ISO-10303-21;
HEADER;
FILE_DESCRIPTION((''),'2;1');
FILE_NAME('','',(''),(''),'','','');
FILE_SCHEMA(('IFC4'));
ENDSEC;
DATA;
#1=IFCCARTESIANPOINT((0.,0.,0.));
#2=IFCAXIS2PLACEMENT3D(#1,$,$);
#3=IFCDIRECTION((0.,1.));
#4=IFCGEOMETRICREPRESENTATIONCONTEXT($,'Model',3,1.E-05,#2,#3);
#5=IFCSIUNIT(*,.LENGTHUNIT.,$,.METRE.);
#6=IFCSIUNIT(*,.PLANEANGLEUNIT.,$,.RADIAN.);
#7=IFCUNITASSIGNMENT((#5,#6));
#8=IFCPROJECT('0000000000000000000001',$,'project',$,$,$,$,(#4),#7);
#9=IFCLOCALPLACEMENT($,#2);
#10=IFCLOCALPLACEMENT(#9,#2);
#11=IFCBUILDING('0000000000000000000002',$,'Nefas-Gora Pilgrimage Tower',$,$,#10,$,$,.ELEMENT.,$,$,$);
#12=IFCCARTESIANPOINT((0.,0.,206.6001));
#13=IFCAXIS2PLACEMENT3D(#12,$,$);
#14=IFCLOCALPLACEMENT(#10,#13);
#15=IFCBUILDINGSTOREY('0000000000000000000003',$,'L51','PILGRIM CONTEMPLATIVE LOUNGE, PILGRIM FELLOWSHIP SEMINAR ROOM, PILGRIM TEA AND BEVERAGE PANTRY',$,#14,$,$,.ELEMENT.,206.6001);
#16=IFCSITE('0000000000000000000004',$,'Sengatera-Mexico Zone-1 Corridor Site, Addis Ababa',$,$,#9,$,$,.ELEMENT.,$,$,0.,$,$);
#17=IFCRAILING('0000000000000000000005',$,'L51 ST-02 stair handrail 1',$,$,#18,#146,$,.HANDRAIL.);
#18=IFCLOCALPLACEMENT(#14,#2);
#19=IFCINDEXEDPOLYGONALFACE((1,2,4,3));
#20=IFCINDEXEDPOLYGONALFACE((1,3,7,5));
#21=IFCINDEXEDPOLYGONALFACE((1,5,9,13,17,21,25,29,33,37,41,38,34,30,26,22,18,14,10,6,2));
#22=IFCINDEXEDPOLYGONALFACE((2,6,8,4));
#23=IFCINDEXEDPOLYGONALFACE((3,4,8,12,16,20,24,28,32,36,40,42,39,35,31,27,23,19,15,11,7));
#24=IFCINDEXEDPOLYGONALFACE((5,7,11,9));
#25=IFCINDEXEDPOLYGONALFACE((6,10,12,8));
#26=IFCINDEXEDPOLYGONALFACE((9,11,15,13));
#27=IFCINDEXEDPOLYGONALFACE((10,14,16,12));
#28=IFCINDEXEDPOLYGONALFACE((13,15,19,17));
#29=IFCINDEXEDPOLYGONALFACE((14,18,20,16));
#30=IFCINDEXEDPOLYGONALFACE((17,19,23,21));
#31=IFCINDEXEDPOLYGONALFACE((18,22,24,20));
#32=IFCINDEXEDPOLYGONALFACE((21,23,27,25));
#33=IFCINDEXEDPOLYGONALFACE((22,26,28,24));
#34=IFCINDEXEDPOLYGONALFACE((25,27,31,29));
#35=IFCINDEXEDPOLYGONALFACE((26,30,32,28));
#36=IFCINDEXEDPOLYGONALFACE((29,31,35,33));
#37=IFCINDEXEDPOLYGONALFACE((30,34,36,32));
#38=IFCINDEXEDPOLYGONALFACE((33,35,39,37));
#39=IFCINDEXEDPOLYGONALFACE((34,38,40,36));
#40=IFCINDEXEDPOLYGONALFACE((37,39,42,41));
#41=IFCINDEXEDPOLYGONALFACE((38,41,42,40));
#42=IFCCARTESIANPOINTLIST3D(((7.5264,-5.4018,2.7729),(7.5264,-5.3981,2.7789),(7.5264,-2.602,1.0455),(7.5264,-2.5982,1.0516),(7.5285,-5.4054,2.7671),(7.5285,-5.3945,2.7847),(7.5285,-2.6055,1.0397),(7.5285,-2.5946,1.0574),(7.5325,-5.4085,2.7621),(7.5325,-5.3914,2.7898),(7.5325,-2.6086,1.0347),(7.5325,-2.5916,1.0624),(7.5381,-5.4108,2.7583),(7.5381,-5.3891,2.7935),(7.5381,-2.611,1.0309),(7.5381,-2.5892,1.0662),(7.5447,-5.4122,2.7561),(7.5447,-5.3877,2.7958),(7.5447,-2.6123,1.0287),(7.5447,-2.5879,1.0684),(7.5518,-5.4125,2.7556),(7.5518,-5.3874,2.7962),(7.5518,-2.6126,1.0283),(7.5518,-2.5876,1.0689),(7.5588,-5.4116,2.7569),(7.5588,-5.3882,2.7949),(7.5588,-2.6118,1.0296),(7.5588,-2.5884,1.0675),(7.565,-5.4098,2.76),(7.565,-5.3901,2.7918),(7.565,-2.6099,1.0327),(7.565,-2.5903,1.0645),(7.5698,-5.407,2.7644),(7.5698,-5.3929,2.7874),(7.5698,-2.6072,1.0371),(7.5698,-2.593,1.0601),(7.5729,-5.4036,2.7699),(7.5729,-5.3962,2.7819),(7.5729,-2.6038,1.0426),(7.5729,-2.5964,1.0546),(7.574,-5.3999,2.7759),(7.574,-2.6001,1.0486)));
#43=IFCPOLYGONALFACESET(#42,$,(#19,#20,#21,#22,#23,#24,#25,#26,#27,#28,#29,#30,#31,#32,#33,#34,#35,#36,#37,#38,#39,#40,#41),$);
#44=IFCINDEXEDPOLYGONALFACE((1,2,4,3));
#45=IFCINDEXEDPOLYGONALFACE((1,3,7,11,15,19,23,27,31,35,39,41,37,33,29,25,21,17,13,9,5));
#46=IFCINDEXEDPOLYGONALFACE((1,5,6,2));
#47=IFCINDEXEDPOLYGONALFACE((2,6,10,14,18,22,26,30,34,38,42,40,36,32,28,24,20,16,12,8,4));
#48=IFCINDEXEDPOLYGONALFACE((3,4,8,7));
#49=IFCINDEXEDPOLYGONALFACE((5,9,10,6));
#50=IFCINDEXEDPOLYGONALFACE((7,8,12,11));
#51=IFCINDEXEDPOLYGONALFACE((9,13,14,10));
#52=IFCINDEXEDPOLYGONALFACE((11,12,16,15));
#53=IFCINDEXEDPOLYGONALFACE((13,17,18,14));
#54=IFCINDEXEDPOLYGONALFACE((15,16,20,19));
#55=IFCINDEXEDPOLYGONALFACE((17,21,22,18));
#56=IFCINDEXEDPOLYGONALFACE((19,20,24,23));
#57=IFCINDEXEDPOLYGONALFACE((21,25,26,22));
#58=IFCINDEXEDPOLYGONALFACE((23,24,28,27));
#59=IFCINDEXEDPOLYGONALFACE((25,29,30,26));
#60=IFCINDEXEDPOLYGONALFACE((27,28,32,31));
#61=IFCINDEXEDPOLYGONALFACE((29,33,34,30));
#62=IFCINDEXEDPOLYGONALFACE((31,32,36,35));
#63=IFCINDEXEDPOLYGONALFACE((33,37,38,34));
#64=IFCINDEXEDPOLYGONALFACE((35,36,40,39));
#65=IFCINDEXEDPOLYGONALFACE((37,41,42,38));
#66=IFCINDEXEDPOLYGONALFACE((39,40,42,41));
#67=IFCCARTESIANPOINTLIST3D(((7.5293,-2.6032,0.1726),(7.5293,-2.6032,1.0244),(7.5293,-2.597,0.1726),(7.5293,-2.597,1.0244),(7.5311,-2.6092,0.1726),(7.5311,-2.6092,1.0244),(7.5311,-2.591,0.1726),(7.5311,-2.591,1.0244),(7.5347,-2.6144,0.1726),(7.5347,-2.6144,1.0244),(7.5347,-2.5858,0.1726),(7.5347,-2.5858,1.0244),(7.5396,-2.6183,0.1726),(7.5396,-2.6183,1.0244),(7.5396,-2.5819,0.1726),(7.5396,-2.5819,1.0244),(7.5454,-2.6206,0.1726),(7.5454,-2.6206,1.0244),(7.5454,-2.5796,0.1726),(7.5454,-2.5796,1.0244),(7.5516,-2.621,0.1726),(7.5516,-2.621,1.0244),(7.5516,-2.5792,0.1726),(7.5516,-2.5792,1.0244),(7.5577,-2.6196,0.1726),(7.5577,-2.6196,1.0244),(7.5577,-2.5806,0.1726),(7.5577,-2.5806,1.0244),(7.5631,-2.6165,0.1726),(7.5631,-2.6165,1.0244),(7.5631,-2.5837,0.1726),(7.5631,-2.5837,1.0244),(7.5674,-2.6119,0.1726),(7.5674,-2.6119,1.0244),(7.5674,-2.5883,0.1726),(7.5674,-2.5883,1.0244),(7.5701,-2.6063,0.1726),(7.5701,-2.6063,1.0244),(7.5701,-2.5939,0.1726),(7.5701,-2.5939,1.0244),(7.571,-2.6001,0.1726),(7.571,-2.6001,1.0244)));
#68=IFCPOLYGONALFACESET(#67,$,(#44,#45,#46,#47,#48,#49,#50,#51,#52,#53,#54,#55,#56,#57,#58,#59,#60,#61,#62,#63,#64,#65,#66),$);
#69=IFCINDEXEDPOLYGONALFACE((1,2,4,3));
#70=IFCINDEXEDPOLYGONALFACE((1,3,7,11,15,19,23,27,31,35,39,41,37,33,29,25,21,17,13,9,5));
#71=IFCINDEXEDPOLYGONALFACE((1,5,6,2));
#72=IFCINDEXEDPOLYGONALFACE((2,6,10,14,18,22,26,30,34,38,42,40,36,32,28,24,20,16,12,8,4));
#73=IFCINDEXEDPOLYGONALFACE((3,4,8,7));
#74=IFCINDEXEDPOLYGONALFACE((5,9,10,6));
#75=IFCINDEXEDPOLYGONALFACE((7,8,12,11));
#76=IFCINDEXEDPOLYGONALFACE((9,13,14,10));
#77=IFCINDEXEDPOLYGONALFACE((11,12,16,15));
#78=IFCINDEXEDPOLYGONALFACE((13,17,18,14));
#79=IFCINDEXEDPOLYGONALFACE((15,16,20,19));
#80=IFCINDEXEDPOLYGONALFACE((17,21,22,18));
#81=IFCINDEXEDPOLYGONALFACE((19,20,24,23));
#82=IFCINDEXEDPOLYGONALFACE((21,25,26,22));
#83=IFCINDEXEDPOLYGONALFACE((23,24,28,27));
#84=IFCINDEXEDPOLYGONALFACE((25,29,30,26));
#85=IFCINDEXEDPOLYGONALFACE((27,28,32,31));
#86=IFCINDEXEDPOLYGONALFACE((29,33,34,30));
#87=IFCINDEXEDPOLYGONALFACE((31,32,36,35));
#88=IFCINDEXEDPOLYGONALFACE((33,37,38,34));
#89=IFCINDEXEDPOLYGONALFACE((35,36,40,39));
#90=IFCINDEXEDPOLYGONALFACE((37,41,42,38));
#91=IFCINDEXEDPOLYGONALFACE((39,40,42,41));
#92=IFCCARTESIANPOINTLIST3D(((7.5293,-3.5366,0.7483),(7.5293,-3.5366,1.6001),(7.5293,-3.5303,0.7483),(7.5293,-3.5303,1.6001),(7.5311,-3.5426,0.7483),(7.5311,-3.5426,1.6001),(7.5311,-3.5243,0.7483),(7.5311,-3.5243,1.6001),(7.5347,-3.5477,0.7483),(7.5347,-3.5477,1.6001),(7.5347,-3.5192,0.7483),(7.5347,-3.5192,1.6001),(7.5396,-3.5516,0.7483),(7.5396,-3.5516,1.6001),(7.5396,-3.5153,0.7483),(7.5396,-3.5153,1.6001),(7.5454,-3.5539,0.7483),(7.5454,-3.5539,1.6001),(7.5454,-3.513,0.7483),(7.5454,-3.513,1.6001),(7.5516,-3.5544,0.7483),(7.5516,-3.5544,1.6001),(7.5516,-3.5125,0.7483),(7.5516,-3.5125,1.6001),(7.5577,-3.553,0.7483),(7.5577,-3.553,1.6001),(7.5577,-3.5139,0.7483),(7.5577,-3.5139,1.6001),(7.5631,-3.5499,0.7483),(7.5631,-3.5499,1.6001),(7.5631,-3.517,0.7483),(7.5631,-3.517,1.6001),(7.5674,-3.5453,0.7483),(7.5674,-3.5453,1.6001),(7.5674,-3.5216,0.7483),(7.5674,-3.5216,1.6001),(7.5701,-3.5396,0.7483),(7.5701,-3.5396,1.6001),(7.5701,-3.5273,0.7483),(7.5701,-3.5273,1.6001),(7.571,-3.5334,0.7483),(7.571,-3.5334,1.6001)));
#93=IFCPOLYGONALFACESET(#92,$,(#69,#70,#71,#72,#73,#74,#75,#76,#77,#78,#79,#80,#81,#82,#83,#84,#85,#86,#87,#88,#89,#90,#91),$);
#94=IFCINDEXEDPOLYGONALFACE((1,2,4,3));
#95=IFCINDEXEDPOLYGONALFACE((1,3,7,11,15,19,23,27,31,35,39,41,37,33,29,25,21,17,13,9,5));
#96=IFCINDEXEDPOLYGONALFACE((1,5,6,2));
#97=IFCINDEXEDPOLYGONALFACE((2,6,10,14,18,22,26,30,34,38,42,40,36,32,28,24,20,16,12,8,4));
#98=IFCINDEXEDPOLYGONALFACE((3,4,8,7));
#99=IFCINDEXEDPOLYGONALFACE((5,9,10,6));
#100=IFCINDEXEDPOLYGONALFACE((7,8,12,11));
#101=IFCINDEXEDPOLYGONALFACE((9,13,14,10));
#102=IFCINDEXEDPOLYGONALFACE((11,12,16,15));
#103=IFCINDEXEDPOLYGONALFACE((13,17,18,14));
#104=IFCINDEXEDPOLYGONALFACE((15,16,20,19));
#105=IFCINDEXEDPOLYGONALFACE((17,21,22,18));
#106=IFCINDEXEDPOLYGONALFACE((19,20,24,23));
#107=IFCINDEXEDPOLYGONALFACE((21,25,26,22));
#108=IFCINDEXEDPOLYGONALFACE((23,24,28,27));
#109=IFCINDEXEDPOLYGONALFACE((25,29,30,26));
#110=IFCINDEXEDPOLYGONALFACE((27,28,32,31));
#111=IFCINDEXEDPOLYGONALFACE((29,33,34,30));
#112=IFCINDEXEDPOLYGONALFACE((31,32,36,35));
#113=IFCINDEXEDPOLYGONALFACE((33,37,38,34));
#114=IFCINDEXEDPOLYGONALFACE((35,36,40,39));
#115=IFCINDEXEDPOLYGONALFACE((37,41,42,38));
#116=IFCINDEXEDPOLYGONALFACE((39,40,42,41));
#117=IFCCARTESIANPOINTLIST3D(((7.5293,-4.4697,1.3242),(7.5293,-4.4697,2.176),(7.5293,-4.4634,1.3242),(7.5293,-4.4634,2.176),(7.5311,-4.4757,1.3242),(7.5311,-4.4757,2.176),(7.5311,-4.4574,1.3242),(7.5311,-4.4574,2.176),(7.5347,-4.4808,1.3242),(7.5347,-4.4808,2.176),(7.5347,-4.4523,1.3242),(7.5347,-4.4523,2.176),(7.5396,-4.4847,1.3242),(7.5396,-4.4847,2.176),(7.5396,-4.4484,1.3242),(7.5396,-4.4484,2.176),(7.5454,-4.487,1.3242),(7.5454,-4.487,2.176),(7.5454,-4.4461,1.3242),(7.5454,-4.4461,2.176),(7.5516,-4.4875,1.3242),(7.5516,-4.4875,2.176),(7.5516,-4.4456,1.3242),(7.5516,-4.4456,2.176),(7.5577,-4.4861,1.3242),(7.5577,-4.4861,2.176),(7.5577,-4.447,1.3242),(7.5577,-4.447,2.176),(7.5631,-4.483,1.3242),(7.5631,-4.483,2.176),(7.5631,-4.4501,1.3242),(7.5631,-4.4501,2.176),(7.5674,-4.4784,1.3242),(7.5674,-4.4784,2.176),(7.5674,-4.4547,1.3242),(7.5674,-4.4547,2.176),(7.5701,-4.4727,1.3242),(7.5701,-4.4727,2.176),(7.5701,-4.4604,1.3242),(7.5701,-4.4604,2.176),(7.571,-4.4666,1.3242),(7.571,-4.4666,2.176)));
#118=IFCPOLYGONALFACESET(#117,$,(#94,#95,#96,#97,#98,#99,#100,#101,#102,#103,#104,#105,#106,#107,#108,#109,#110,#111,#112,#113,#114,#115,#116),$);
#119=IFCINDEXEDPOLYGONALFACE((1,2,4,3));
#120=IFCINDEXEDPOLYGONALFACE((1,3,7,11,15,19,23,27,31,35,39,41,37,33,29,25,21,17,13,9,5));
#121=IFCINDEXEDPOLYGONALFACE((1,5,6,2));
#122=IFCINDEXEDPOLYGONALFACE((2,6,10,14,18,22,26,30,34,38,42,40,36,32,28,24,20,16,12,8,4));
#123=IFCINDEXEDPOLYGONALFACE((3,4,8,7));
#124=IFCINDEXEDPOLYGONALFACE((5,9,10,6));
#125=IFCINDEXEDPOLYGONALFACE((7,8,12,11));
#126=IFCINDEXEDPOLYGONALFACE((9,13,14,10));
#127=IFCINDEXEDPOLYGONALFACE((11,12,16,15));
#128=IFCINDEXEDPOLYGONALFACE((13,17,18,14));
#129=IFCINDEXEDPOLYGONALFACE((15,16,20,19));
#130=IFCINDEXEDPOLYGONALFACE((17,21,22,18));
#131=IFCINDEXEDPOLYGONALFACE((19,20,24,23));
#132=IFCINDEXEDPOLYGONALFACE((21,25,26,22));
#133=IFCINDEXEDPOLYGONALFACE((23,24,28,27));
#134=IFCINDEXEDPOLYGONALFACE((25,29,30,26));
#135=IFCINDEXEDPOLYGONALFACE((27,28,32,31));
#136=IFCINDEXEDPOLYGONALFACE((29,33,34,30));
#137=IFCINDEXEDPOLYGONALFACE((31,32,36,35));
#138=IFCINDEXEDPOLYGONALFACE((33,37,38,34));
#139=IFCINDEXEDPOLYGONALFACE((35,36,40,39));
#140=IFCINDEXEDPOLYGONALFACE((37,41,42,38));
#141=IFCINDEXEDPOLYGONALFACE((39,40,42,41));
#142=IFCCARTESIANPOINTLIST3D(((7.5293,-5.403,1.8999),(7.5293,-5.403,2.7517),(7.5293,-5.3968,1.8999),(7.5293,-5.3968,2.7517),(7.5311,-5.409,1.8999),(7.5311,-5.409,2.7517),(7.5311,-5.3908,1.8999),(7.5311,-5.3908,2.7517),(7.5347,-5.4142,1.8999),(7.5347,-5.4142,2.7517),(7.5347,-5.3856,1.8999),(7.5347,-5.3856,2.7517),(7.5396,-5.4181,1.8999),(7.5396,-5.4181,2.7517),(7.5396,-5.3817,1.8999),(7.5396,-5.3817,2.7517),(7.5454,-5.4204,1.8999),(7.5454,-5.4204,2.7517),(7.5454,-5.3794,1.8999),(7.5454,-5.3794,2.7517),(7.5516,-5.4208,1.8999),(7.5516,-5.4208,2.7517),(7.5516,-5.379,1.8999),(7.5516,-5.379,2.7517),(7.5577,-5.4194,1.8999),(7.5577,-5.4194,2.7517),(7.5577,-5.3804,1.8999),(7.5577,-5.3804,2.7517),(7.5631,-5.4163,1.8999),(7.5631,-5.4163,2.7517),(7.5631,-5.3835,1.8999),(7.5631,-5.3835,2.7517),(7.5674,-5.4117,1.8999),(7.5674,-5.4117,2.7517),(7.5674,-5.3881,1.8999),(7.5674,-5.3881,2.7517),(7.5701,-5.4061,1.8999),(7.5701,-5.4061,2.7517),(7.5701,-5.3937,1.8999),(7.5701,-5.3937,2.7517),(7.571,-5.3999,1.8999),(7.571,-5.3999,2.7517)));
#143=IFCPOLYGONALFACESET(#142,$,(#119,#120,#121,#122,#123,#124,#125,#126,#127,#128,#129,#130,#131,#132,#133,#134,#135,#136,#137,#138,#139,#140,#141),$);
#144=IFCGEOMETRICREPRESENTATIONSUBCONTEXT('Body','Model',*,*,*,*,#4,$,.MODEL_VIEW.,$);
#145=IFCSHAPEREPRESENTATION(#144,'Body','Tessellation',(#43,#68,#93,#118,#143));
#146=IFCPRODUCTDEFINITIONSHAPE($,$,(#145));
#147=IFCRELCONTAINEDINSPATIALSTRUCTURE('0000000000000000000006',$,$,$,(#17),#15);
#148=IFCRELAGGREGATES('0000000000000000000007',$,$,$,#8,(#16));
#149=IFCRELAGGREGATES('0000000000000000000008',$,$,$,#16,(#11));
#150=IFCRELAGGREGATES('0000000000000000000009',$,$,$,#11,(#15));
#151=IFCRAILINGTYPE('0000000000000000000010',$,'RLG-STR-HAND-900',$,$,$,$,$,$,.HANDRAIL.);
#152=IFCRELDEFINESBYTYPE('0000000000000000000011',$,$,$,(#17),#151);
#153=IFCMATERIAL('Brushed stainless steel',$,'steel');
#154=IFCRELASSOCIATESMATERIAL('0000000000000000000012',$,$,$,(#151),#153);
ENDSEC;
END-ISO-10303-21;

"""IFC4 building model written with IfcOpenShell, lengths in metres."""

from ifc_helpers import new_model, si_unit, direction, frame, origin, origin_2d, place, context, subcontext, project, spatial, circle, extrude, material, type_object, element, save


model = new_model("IFC4")

# Units and contexts
model_context = context("Model", 3, precision=1e-05, world=origin(), true_north=direction((0.0, 1.0)))
body_context = subcontext(model_context, "Body", "Model", "MODEL_VIEW")
ifc_project = project(units=[si_unit("LENGTHUNIT", "METRE"), si_unit("PLANEANGLEUNIT", "RADIAN")], contexts=[model_context])

# Site, building, storey
site_placement = place(None, origin())
site = spatial("IfcSite", under=ifc_project, at=site_placement, Name="Sengatera-Mexico Zone-1 Corridor Site, Addis Ababa", CompositionType="ELEMENT", RefElevation=0.0)
building_placement = place(site_placement, origin())
building = spatial("IfcBuilding", under=site, at=building_placement, Name="Nefas-Gora Pilgrimage Tower", CompositionType="ELEMENT")
storey_placement = place(building_placement, frame((0.0, 0.0, 206.6001)))
storey = spatial("IfcBuildingStorey", under=building, at=storey_placement, Name="L51", Description="PILGRIM CONTEMPLATIVE LOUNGE, PILGRIM FELLOWSHIP SEMINAR ROOM, PILGRIM TEA AND BEVERAGE PANTRY", CompositionType="ELEMENT", Elevation=206.6001)

# Railing
ifc_material_1 = material(Name="Brushed stainless steel", Category="steel")
railing_type_1 = type_object("IfcRailingType", Name="RLG-STR-HAND-900", PredefinedType="HANDRAIL", material=ifc_material_1)
railing_1_placement = place(storey_placement, frame((7.55, -2.6001, 0.1726)))
element("IfcRailing", 1, at=railing_1_placement, inside=storey, type_object=railing_type_1, Name="L51 ST-02 stair handrail 1", PredefinedType="HANDRAIL", context=body_context, shape_type="SweptSolid", body=[
    extrude(circle(Radius=0.0239, at=origin_2d()), frame((0.0, 0.0, 0.876), z_axis=(0.0, -0.851069, 0.525054), x_axis=(1.0, 0.0, 0.0)), (0.0, 0.0, 1.0), 3.2898),
    extrude(circle(Radius=0.021, at=origin_2d()), origin(), (0.0, 0.0, 1.0), 0.8518),
    extrude(circle(Radius=0.021, at=origin_2d()), frame((0.0, -0.9333, 0.5757)), (0.0, 0.0, 1.0), 0.8518),
    extrude(circle(Radius=0.021, at=origin_2d()), frame((0.0, -1.8665, 1.1516)), (0.0, 0.0, 1.0), 0.8518),
    extrude(circle(Radius=0.021, at=origin_2d()), frame((0.0, -2.7998, 1.7273)), (0.0, 0.0, 1.0), 0.8518),
])

save(model, "model.ifc")
